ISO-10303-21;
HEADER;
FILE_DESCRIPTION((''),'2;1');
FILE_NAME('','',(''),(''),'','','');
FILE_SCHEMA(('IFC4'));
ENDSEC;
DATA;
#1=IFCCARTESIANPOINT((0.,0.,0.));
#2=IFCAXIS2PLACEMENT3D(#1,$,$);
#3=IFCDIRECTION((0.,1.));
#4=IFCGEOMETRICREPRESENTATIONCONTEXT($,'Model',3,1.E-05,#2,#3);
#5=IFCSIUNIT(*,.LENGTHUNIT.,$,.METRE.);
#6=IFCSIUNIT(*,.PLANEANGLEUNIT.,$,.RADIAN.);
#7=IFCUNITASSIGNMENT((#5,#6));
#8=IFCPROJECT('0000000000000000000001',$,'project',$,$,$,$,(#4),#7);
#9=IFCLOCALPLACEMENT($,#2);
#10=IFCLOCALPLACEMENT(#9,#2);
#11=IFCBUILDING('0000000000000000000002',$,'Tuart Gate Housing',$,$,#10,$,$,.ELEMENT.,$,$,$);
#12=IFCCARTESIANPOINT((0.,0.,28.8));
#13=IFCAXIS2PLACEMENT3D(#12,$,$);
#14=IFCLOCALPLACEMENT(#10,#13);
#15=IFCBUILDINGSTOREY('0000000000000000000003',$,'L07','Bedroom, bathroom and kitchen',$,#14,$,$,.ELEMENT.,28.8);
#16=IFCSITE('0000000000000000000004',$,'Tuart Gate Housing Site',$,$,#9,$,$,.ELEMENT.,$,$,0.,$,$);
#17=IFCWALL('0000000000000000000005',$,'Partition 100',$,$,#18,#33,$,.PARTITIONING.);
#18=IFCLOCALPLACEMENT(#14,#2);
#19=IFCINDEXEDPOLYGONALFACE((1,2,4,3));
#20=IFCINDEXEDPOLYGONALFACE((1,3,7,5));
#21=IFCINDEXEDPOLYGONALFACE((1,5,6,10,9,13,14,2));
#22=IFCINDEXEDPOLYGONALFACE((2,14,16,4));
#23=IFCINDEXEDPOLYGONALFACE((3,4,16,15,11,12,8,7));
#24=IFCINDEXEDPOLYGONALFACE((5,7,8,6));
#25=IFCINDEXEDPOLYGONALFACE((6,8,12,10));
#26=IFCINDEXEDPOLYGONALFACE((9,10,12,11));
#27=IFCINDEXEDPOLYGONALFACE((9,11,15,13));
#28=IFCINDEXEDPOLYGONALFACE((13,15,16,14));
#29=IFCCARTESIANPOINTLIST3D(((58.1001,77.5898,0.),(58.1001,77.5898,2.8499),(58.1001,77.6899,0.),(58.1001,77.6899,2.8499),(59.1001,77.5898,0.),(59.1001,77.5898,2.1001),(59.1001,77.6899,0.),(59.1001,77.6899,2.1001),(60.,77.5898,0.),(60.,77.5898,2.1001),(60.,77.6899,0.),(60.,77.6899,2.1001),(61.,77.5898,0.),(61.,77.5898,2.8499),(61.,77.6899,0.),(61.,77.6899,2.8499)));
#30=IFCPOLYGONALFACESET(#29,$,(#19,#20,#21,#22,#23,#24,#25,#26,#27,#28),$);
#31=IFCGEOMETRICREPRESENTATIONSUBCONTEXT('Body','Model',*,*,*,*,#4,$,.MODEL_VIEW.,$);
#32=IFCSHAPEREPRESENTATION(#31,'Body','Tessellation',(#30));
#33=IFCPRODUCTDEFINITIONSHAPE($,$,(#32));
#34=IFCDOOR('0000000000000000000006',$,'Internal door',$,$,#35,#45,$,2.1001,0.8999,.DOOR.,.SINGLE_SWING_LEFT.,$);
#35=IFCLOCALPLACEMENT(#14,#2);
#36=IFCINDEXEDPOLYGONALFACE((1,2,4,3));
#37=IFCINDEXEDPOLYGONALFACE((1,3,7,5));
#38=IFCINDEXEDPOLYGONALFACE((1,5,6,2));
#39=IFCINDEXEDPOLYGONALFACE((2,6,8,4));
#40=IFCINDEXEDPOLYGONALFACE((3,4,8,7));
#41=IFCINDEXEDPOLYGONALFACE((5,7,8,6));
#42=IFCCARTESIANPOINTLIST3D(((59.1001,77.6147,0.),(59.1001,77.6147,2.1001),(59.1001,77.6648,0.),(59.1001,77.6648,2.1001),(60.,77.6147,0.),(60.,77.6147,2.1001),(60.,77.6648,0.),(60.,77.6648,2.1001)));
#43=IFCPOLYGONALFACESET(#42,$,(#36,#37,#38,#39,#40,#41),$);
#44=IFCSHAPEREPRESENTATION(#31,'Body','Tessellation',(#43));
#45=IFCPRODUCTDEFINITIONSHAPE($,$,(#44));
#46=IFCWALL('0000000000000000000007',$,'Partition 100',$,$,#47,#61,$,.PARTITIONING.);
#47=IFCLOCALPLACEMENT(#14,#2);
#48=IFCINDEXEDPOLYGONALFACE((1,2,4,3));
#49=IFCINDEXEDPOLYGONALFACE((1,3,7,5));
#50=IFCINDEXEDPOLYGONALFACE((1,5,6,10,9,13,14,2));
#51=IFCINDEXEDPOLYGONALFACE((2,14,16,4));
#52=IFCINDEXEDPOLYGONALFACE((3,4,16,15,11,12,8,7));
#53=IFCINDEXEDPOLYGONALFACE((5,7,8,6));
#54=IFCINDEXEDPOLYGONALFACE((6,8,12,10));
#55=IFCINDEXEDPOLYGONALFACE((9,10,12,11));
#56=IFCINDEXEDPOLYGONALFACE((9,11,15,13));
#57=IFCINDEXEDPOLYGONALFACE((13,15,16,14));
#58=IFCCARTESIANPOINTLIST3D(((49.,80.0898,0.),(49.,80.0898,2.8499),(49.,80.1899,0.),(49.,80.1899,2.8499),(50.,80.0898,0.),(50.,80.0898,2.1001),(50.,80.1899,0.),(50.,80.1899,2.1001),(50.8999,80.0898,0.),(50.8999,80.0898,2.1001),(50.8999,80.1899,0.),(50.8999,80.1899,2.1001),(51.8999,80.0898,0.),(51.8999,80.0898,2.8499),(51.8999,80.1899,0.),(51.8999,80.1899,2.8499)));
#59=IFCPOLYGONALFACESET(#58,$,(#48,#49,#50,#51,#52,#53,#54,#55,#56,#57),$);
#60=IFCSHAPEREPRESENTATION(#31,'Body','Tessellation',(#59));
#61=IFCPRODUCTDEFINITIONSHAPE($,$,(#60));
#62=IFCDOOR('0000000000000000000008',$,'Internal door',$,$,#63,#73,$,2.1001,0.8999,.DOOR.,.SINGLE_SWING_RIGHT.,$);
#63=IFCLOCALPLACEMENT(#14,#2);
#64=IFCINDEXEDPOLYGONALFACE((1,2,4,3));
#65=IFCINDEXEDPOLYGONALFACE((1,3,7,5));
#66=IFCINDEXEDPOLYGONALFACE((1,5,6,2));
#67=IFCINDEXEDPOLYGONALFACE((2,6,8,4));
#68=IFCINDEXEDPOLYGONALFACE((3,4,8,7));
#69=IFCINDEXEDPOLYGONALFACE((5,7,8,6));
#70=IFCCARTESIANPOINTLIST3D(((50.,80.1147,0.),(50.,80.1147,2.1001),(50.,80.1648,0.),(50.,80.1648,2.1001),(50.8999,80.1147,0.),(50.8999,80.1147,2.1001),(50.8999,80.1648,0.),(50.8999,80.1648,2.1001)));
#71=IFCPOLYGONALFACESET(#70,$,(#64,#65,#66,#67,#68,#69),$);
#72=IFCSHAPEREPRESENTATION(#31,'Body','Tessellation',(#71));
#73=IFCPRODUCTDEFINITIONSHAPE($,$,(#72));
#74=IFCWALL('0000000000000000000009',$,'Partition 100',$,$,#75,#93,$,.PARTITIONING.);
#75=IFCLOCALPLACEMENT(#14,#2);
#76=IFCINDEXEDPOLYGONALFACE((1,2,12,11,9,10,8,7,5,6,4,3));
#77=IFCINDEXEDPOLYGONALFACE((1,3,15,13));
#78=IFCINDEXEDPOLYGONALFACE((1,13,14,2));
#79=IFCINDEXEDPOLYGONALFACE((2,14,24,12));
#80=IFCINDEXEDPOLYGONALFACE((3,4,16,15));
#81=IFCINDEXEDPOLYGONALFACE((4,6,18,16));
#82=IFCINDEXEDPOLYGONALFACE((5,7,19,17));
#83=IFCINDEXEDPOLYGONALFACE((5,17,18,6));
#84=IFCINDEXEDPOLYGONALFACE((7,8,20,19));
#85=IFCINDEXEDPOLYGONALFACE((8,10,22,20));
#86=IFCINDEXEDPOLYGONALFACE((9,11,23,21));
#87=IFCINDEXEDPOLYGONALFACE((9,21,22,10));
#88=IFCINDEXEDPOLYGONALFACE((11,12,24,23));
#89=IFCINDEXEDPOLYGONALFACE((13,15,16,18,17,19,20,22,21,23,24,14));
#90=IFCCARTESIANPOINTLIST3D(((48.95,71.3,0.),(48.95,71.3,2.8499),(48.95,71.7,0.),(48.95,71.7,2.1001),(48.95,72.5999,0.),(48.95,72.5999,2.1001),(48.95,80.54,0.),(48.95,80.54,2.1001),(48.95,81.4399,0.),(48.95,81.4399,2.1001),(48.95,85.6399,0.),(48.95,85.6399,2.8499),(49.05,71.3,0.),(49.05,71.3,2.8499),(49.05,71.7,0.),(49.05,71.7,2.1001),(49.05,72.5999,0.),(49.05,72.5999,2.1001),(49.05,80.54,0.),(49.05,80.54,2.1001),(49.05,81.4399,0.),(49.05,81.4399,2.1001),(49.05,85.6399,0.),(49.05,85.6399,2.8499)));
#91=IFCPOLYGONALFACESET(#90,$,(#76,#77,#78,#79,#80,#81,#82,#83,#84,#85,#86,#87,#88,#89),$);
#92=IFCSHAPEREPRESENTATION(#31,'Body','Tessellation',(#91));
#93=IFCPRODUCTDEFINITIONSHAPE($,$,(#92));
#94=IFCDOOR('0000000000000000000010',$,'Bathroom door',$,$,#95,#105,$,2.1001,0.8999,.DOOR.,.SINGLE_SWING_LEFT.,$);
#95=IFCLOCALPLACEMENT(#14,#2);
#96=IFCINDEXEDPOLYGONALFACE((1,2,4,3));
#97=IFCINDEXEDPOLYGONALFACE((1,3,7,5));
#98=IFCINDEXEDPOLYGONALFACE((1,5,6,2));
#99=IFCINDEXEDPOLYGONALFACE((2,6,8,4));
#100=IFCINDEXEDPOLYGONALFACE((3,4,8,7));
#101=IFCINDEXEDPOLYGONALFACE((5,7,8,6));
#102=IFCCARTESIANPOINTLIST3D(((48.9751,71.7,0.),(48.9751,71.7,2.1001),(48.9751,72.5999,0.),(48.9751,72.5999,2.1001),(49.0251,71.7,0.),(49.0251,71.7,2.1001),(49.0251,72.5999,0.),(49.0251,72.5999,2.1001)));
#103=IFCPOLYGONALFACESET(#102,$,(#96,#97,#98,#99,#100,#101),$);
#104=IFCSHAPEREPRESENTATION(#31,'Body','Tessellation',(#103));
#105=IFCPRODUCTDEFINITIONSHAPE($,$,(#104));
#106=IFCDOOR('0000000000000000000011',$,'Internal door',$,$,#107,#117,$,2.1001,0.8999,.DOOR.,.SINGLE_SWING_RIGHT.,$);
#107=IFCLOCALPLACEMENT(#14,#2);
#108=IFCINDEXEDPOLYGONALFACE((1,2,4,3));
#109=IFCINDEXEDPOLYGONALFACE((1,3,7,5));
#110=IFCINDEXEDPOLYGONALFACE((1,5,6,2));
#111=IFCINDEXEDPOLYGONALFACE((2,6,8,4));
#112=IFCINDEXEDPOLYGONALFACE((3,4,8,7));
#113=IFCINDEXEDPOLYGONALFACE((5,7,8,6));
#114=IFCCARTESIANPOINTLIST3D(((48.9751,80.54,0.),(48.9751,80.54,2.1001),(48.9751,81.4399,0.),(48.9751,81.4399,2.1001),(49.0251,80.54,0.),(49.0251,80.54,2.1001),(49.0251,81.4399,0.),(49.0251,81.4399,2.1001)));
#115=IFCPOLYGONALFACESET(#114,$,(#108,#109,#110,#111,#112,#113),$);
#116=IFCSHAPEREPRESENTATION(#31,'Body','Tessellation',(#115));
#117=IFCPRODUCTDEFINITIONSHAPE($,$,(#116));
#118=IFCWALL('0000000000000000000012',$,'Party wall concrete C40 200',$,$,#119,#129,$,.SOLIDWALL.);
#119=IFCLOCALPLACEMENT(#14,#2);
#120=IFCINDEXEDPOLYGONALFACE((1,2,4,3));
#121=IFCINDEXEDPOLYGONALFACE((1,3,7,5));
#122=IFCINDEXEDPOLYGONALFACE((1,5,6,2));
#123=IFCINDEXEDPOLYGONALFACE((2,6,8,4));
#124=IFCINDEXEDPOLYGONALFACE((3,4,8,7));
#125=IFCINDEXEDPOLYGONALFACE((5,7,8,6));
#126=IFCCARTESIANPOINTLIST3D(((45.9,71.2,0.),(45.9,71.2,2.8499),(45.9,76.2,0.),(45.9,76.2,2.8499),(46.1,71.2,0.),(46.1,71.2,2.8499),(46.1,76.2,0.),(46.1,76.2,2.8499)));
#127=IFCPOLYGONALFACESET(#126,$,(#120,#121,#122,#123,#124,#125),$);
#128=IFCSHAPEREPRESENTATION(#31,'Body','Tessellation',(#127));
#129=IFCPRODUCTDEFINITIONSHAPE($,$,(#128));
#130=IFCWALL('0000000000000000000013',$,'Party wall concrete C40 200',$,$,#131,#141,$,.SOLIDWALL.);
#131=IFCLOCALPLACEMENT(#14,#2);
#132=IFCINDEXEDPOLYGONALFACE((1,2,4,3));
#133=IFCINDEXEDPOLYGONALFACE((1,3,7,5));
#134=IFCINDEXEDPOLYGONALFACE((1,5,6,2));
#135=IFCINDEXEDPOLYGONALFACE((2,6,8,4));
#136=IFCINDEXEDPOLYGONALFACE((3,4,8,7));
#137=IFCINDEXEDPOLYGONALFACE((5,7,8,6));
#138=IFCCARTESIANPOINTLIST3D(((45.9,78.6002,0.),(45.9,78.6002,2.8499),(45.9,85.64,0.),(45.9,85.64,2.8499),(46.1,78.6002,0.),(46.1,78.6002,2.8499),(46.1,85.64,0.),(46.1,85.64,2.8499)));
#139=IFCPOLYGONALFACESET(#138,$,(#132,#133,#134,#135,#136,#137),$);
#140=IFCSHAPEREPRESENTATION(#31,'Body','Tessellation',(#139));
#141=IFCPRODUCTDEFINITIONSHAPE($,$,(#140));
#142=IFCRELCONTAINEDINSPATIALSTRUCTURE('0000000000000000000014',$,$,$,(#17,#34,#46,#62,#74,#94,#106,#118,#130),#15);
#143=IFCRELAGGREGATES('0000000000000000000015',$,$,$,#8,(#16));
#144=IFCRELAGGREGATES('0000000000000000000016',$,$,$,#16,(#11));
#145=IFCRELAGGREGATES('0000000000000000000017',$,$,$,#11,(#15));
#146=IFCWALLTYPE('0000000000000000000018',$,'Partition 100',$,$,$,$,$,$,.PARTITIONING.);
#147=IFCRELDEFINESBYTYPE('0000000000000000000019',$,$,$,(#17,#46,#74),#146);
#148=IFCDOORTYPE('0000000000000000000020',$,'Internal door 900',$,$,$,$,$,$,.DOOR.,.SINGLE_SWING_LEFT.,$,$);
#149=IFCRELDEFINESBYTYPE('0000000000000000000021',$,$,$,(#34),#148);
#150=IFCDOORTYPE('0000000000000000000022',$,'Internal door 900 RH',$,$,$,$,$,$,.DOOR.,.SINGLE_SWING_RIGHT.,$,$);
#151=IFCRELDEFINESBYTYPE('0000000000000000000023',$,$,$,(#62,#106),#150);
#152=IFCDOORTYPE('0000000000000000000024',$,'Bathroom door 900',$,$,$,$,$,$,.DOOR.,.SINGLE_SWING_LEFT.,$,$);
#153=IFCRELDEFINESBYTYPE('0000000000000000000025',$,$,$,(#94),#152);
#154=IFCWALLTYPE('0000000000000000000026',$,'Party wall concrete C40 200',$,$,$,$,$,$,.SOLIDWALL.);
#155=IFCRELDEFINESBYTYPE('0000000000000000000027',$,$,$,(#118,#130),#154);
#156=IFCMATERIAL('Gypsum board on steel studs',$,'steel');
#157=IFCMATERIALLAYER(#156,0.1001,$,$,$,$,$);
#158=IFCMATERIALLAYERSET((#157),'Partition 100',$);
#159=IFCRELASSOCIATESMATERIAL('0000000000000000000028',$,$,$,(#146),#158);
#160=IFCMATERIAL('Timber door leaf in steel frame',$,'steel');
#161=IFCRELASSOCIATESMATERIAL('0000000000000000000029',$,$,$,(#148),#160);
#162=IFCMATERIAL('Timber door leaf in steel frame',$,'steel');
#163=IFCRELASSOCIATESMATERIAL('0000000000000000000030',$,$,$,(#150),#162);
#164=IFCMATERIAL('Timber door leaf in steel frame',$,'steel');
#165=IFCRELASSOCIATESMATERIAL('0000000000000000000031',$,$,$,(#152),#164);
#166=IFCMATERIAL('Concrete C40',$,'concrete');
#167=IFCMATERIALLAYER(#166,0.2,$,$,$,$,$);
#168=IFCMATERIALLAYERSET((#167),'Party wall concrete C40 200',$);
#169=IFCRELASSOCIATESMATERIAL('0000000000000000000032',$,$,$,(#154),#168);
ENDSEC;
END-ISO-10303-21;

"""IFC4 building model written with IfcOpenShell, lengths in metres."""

from ifc_helpers import new_model, si_unit, direction, frame, frame_2d, origin, place, context, subcontext, project, spatial, rectangle, extrude, material, layer, layer_set, type_object, element, fill, save


model = new_model("IFC4")

# Units and contexts
model_context = context("Model", 3, precision=1e-05, world=origin(), true_north=direction((0.0, 1.0)))
body_context = subcontext(model_context, "Body", "Model", "MODEL_VIEW")
ifc_project = project(units=[si_unit("LENGTHUNIT", "METRE"), si_unit("PLANEANGLEUNIT", "RADIAN")], contexts=[model_context])

# Site, building, storey
site_placement = place(None, origin())
site = spatial("IfcSite", under=ifc_project, at=site_placement, Name="Tuart Gate Housing Site", CompositionType="ELEMENT", RefElevation=0.0)
building_placement = place(site_placement, origin())
building = spatial("IfcBuilding", under=site, at=building_placement, Name="Tuart Gate Housing", CompositionType="ELEMENT")
storey_placement = place(building_placement, frame((0.0, 0.0, 28.8)))
storey = spatial("IfcBuildingStorey", under=building, at=storey_placement, Name="L07", Description="Bedroom, bathroom and kitchen", CompositionType="ELEMENT", Elevation=28.8)

# Shared definitions
ifc_material_1 = material(Name="Gypsum board on steel studs", Category="steel")
ifc_layer_1 = layer(ifc_material_1, 0.1001)
ifc_layer_set_1 = layer_set([ifc_layer_1], Name="Partition 100")
wall_type_1 = type_object("IfcWallType", Name="Partition 100", PredefinedType="PARTITIONING", material=ifc_layer_set_1)

# Walls, openings, doors
wall_1_placement = place(storey_placement, frame((58.1001, 77.6399, 0.0), z_axis=(0.0, 0.0, 1.0), x_axis=(1.0, 0.0, 0.0)))
wall_1 = element("IfcWall", 1, at=wall_1_placement, inside=storey, type_object=wall_type_1, Name="Partition 100", PredefinedType="PARTITIONING", context=body_context, shape_type="SweptSolid", body=[
    extrude(rectangle(XDim=2.8999, YDim=0.1001, at=frame_2d((1.45, 0.0))), origin(), (0.0, 0.0, 1.0), 2.8499),
])
opening_1_placement = place(wall_1_placement, frame((1.0, 0.0, 0.0)))
opening_1 = element("IfcOpeningElement", 2, at=opening_1_placement, cuts=wall_1, PredefinedType="OPENING", context=body_context, shape_type="SweptSolid", body=[
    extrude(rectangle(XDim=0.8999, YDim=2.1001, at=frame_2d((0.45, 1.05))), frame((0.0, 0.0601, 0.0), z_axis=(0.0, -1.0, 0.0), x_axis=(1.0, 0.0, 0.0)), (0.0, 0.0, 1.0), 0.1201),
])
ifc_material_2 = material(Name="Timber door leaf in steel frame", Category="steel")
door_type_1 = type_object("IfcDoorType", Name="Internal door 900", OperationType="SINGLE_SWING_LEFT", PredefinedType="DOOR", material=ifc_material_2)
door_1_placement = place(opening_1_placement, frame((0.8999, 0.0, 0.0), z_axis=(0.0, 0.0, 1.0), x_axis=(-1.0, 0.0, 0.0)))
door_1 = element("IfcDoor", 3, at=door_1_placement, inside=storey, type_object=door_type_1, Name="Internal door", OperationType="SINGLE_SWING_LEFT", OverallHeight=2.1001, OverallWidth=0.8999, PredefinedType="DOOR", context=body_context, shape_type="SweptSolid", body=[
    extrude(rectangle(XDim=0.8999, YDim=2.1001, at=frame_2d((0.45, 1.05))), frame((0.0, 0.0251, 0.0), z_axis=(0.0, -1.0, 0.0), x_axis=(1.0, 0.0, 0.0)), (0.0, 0.0, 1.0), 0.05),
])
fill(opening_1, door_1)
wall_2_placement = place(storey_placement, frame((49.0, 80.1399, 0.0), z_axis=(0.0, 0.0, 1.0), x_axis=(1.0, 0.0, 0.0)))
wall_2 = element("IfcWall", 4, at=wall_2_placement, inside=storey, type_object=wall_type_1, Name="Partition 100", PredefinedType="PARTITIONING", context=body_context, shape_type="SweptSolid", body=[
    extrude(rectangle(XDim=2.8999, YDim=0.1001, at=frame_2d((1.45, 0.0))), origin(), (0.0, 0.0, 1.0), 2.8499),
])
opening_2_placement = place(wall_2_placement, frame((1.0, 0.0, 0.0)))
opening_2 = element("IfcOpeningElement", 5, at=opening_2_placement, cuts=wall_2, PredefinedType="OPENING", context=body_context, shape_type="SweptSolid", body=[
    extrude(rectangle(XDim=0.8999, YDim=2.1001, at=frame_2d((0.45, 1.05))), frame((0.0, 0.0601, 0.0), z_axis=(0.0, -1.0, 0.0), x_axis=(1.0, 0.0, 0.0)), (0.0, 0.0, 1.0), 0.1201),
])
ifc_material_3 = material(Name="Timber door leaf in steel frame", Category="steel")
door_type_2 = type_object("IfcDoorType", Name="Internal door 900 RH", OperationType="SINGLE_SWING_RIGHT", PredefinedType="DOOR", material=ifc_material_3)
door_2_placement = place(opening_2_placement, frame((0.8999, 0.0, 0.0), z_axis=(0.0, 0.0, 1.0), x_axis=(-1.0, 0.0, 0.0)))
door_2 = element("IfcDoor", 6, at=door_2_placement, inside=storey, type_object=door_type_2, Name="Internal door", OperationType="SINGLE_SWING_RIGHT", OverallHeight=2.1001, OverallWidth=0.8999, PredefinedType="DOOR", context=body_context, shape_type="SweptSolid", body=[
    extrude(rectangle(XDim=0.8999, YDim=2.1001, at=frame_2d((0.45, 1.05))), frame((0.0, 0.0251, 0.0), z_axis=(0.0, -1.0, 0.0), x_axis=(1.0, 0.0, 0.0)), (0.0, 0.0, 1.0), 0.05),
])
fill(opening_2, door_2)

# Wall, openings, doors
wall_3_placement = place(storey_placement, frame((49.0, 71.3, 0.0), z_axis=(0.0, 0.0, 1.0), x_axis=(0.0, 1.0, 0.0)))
wall_3 = element("IfcWall", 7, at=wall_3_placement, inside=storey, type_object=wall_type_1, Name="Partition 100", PredefinedType="PARTITIONING", context=body_context, shape_type="SweptSolid", body=[
    extrude(rectangle(XDim=14.3398, YDim=0.1001, at=frame_2d((7.1699, 0.0))), origin(), (0.0, 0.0, 1.0), 2.8499),
])
opening_3_placement = place(wall_3_placement, frame((9.24, 0.0, 0.0)))
opening_3 = element("IfcOpeningElement", 8, at=opening_3_placement, cuts=wall_3, PredefinedType="OPENING", context=body_context, shape_type="SweptSolid", body=[
    extrude(rectangle(XDim=0.8999, YDim=2.1001, at=frame_2d((0.45, 1.05))), frame((0.0, 0.0601, 0.0), z_axis=(0.0, -1.0, 0.0), x_axis=(1.0, 0.0, 0.0)), (0.0, 0.0, 1.0), 0.1201),
])
opening_4_placement = place(wall_3_placement, frame((0.3999, 0.0, 0.0)))
opening_4 = element("IfcOpeningElement", 9, at=opening_4_placement, cuts=wall_3, PredefinedType="OPENING", context=body_context, shape_type="SweptSolid", body=[
    extrude(rectangle(XDim=0.8999, YDim=2.1001, at=frame_2d((0.45, 1.05))), frame((0.0, 0.0601, 0.0), z_axis=(0.0, -1.0, 0.0), x_axis=(1.0, 0.0, 0.0)), (0.0, 0.0, 1.0), 0.1201),
])
ifc_material_4 = material(Name="Timber door leaf in steel frame", Category="steel")
door_type_3 = type_object("IfcDoorType", Name="Bathroom door 900", OperationType="SINGLE_SWING_LEFT", PredefinedType="DOOR", material=ifc_material_4)
door_3_placement = place(opening_4_placement, origin())
door_3 = element("IfcDoor", 10, at=door_3_placement, inside=storey, type_object=door_type_3, Name="Bathroom door", OperationType="SINGLE_SWING_LEFT", OverallHeight=2.1001, OverallWidth=0.8999, PredefinedType="DOOR", context=body_context, shape_type="SweptSolid", body=[
    extrude(rectangle(XDim=0.8999, YDim=2.1001, at=frame_2d((0.45, 1.05))), frame((0.0, 0.0249, 0.0), z_axis=(0.0, -1.0, 0.0), x_axis=(1.0, 0.0, 0.0)), (0.0, 0.0, 1.0), 0.05),
])
fill(opening_4, door_3)
door_4_placement = place(opening_3_placement, origin())
door_4 = element("IfcDoor", 11, at=door_4_placement, inside=storey, type_object=door_type_2, Name="Internal door", OperationType="SINGLE_SWING_RIGHT", OverallHeight=2.1001, OverallWidth=0.8999, PredefinedType="DOOR", context=body_context, shape_type="SweptSolid", body=[
    extrude(rectangle(XDim=0.8999, YDim=2.1001, at=frame_2d((0.45, 1.05))), frame((0.0, 0.0249, 0.0), z_axis=(0.0, -1.0, 0.0), x_axis=(1.0, 0.0, 0.0)), (0.0, 0.0, 1.0), 0.05),
])
fill(opening_3, door_4)

# Walls
ifc_material_5 = material(Name="Concrete C40", Category="concrete")
ifc_layer_2 = layer(ifc_material_5, 0.2)
ifc_layer_set_2 = layer_set([ifc_layer_2], Name="Party wall concrete C40 200")
wall_type_2 = type_object("IfcWallType", Name="Party wall concrete C40 200", PredefinedType="SOLIDWALL", material=ifc_layer_set_2)
wall_4_placement = place(storey_placement, frame((46.0, 71.2, 0.0), z_axis=(0.0, 0.0, 1.0), x_axis=(0.0, 1.0, 0.0)))
element("IfcWall", 12, at=wall_4_placement, inside=storey, type_object=wall_type_2, Name="Party wall concrete C40 200", PredefinedType="SOLIDWALL", context=body_context, shape_type="SweptSolid", body=[
    extrude(rectangle(XDim=5.0, YDim=0.2, at=frame_2d((2.5, 0.0))), origin(), (0.0, 0.0, 1.0), 2.8499),
])
wall_5_placement = place(storey_placement, frame((46.0, 78.6001, 0.0), z_axis=(0.0, 0.0, 1.0), x_axis=(0.0, 1.0, 0.0)))
element("IfcWall", 13, at=wall_5_placement, inside=storey, type_object=wall_type_2, Name="Party wall concrete C40 200", PredefinedType="SOLIDWALL", context=body_context, shape_type="SweptSolid", body=[
    extrude(rectangle(XDim=7.0398, YDim=0.2, at=frame_2d((3.52, 0.0))), origin(), (0.0, 0.0, 1.0), 2.8499),
])

save(model, "model.ifc")
